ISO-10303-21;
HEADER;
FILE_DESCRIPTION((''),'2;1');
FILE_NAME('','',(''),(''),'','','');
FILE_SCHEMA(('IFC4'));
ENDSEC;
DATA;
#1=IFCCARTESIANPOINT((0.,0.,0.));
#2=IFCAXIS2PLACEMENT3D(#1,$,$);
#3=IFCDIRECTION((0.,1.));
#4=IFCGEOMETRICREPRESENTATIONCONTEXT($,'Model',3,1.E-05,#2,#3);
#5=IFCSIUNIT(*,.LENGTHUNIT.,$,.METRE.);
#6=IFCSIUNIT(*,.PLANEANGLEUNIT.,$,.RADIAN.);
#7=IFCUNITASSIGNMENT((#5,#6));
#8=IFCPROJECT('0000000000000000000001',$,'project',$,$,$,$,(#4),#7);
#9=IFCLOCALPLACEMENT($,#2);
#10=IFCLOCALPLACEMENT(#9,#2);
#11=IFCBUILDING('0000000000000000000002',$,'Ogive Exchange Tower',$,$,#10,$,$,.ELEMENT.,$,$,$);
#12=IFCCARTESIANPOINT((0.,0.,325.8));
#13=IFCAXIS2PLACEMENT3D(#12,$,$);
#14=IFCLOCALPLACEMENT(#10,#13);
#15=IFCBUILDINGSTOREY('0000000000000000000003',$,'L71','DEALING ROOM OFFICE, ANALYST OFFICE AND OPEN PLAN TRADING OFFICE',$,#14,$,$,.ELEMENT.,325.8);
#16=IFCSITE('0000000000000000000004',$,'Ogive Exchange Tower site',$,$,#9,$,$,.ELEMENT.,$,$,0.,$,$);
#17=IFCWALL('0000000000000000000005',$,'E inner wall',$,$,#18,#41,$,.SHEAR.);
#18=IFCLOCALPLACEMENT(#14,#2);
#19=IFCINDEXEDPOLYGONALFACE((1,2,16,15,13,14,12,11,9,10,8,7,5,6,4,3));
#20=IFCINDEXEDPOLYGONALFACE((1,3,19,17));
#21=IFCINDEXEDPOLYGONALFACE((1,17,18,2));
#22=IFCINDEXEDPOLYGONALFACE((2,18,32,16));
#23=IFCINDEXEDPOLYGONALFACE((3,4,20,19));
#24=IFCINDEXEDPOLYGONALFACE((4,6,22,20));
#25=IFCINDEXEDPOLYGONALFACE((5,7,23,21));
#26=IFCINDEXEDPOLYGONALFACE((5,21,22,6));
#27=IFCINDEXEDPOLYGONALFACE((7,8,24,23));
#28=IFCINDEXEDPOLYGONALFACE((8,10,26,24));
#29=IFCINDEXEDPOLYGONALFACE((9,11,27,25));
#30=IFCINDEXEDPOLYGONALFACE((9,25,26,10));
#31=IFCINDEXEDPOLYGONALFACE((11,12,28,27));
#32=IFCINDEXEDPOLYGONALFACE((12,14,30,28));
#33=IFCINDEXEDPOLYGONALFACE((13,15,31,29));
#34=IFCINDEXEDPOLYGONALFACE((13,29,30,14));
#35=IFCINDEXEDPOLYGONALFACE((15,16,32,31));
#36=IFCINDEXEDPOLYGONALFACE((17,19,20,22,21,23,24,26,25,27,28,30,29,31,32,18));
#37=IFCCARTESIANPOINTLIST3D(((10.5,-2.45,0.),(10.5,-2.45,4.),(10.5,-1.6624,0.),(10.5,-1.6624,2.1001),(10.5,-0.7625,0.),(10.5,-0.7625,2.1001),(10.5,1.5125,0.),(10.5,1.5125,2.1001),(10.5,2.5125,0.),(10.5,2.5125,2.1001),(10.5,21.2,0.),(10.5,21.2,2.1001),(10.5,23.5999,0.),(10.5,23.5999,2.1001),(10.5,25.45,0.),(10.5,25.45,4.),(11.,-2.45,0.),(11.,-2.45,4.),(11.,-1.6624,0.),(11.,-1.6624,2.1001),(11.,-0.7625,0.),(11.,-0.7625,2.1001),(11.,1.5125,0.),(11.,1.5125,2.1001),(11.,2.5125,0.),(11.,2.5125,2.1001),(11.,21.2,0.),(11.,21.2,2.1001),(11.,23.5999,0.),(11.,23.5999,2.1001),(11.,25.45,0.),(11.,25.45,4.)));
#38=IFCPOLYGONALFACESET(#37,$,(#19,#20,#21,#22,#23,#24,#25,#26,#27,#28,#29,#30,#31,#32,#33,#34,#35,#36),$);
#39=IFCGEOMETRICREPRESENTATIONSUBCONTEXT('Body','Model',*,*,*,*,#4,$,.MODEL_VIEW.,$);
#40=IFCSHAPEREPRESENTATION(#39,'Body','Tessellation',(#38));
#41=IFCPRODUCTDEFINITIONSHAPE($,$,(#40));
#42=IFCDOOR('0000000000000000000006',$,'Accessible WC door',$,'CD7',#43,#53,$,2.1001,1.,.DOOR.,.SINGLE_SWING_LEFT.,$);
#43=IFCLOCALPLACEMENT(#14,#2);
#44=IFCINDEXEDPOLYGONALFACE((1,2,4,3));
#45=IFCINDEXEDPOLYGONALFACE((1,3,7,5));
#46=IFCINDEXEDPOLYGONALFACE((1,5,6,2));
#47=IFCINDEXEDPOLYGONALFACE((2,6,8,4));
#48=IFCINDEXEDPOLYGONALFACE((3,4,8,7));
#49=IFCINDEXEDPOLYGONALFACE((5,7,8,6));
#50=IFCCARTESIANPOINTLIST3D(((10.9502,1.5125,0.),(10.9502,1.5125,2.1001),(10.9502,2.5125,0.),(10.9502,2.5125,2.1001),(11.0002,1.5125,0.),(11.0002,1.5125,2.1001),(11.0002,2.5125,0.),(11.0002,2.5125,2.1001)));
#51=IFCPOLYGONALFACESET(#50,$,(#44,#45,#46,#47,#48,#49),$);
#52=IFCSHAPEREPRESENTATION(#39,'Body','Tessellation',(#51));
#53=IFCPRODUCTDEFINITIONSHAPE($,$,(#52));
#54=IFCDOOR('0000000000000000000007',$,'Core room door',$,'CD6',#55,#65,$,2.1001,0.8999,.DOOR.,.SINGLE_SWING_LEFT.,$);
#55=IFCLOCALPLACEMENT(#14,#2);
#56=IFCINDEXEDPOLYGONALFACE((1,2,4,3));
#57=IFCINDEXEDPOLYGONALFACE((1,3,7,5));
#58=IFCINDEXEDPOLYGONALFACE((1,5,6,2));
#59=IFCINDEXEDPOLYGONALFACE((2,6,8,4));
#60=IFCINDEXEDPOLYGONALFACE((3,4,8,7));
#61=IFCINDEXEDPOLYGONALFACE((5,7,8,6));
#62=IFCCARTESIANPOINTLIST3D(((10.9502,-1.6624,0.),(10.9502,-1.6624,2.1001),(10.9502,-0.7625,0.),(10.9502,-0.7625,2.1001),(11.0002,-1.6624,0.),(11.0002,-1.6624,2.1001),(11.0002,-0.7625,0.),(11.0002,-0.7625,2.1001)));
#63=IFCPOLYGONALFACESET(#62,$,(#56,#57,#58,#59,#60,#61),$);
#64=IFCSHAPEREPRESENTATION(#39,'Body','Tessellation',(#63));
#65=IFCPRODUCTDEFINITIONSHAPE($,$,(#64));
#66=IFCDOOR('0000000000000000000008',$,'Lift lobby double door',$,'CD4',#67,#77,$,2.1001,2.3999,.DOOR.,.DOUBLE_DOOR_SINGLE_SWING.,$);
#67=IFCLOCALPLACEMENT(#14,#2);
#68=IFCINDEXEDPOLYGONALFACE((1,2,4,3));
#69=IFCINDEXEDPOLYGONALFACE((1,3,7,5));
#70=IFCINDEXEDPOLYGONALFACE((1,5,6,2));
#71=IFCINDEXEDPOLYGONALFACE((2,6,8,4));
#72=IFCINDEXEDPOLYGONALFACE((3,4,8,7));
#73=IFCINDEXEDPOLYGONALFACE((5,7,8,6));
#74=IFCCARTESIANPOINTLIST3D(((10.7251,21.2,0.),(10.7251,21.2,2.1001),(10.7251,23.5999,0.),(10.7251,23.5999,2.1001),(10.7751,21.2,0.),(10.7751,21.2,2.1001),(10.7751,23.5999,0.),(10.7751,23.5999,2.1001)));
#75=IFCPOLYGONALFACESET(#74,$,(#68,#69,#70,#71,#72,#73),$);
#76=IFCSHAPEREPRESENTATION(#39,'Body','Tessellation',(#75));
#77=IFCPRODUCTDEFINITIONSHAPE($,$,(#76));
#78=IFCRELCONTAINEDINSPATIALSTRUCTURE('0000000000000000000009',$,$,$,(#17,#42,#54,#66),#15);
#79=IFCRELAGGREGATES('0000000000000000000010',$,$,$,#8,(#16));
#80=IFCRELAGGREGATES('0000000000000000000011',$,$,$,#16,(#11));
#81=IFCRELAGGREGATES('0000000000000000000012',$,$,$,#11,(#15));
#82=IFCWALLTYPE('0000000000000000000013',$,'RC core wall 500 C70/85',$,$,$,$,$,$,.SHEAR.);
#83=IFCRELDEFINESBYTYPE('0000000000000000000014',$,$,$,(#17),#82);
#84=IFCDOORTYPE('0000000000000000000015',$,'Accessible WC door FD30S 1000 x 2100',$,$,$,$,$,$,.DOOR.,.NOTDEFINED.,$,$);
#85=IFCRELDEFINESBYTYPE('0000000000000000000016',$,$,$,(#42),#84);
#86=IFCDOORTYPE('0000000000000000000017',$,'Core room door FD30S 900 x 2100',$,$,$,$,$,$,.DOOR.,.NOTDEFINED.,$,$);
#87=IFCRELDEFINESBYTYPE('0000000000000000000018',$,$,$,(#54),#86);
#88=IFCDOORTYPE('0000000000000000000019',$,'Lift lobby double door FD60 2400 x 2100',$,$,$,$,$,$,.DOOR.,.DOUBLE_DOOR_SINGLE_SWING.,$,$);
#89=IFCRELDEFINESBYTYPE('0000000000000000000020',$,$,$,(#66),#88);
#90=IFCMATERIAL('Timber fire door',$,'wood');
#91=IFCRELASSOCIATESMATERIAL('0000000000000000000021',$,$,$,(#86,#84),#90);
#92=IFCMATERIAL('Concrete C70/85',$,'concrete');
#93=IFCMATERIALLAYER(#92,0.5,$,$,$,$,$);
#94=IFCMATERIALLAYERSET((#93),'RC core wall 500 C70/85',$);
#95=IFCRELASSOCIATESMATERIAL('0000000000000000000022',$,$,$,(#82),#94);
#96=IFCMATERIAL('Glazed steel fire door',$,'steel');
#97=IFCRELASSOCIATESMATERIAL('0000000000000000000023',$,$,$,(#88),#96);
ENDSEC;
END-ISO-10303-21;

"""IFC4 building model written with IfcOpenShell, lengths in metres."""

from ifc_helpers import new_model, si_unit, direction, frame, frame_2d, origin, place, context, subcontext, project, spatial, rectangle, extrude, material, layer, layer_set, type_object, element, fill, save


model = new_model("IFC4")

# Units and contexts
model_context = context("Model", 3, precision=1e-05, world=origin(), true_north=direction((0.0, 1.0)))
body_context = subcontext(model_context, "Body", "Model", "MODEL_VIEW")
ifc_project = project(units=[si_unit("LENGTHUNIT", "METRE"), si_unit("PLANEANGLEUNIT", "RADIAN")], contexts=[model_context])

# Site, building, storey
site_placement = place(None, origin())
site = spatial("IfcSite", under=ifc_project, at=site_placement, Name="Ogive Exchange Tower site", CompositionType="ELEMENT", RefElevation=0.0)
building_placement = place(site_placement, origin())
building = spatial("IfcBuilding", under=site, at=building_placement, Name="Ogive Exchange Tower", CompositionType="ELEMENT")
storey_placement = place(building_placement, frame((0.0, 0.0, 325.8)))
storey = spatial("IfcBuildingStorey", under=building, at=storey_placement, Name="L71", Description="DEALING ROOM OFFICE, ANALYST OFFICE AND OPEN PLAN TRADING OFFICE", CompositionType="ELEMENT", Elevation=325.8)

# Shared definitions
ifc_material_1 = material(Name="Concrete C70/85", Category="concrete")

# Shared definitions
ifc_material_2 = material(Name="Timber fire door", Category="wood")
door_type_1 = type_object("IfcDoorType", Name="Core room door FD30S 900 x 2100", OperationType="NOTDEFINED", PredefinedType="DOOR", material=ifc_material_2)

# Wall, openings, doors
ifc_layer_1 = layer(ifc_material_1, 0.5)
ifc_layer_set_1 = layer_set([ifc_layer_1], Name="RC core wall 500 C70/85")
wall_type_1 = type_object("IfcWallType", Name="RC core wall 500 C70/85", PredefinedType="SHEAR", material=ifc_layer_set_1)
wall_1_placement = place(storey_placement, frame((10.75, -2.45, 0.0), z_axis=(0.0, 0.0, 1.0), x_axis=(0.0, 1.0, 0.0)))
wall_1 = element("IfcWall", 1, at=wall_1_placement, inside=storey, type_object=wall_type_1, Name="E inner wall", PredefinedType="SHEAR", context=body_context, shape_type="SweptSolid", body=[
    extrude(rectangle(XDim=27.8999, YDim=0.5, at=frame_2d((13.95, 0.0))), origin(), (0.0, 0.0, 1.0), 4.0),
])
opening_1_placement = place(wall_1_placement, frame((23.6499, 0.0, 0.0)))
opening_1 = element("IfcOpeningElement", 2, at=opening_1_placement, cuts=wall_1, PredefinedType="OPENING", context=body_context, shape_type="SweptSolid", body=[
    extrude(rectangle(XDim=2.3999, YDim=2.1001, at=frame_2d((1.2, 1.05))), frame((0.0, 0.26, 0.0), z_axis=(0.0, -1.0, 0.0), x_axis=(1.0, 0.0, 0.0)), (0.0, 0.0, 1.0), 0.52),
])
opening_2_placement = place(wall_1_placement, frame((0.7876, 0.0, 0.0)))
opening_2 = element("IfcOpeningElement", 3, at=opening_2_placement, cuts=wall_1, PredefinedType="OPENING", context=body_context, shape_type="SweptSolid", body=[
    extrude(rectangle(XDim=0.8999, YDim=2.1001, at=frame_2d((0.45, 1.05))), frame((0.0, 0.26, 0.0), z_axis=(0.0, -1.0, 0.0), x_axis=(1.0, 0.0, 0.0)), (0.0, 0.0, 1.0), 0.52),
])
opening_3_placement = place(wall_1_placement, frame((3.9624, 0.0, 0.0)))
opening_3 = element("IfcOpeningElement", 4, at=opening_3_placement, cuts=wall_1, PredefinedType="OPENING", context=body_context, shape_type="SweptSolid", body=[
    extrude(rectangle(XDim=1.0, YDim=2.1001, at=frame_2d((0.5, 1.05))), frame((0.0, 0.26, 0.0), z_axis=(0.0, -1.0, 0.0), x_axis=(1.0, 0.0, 0.0)), (0.0, 0.0, 1.0), 0.52),
])
door_type_2 = type_object("IfcDoorType", Name="Accessible WC door FD30S 1000 x 2100", OperationType="NOTDEFINED", PredefinedType="DOOR", material=ifc_material_2)
door_1_placement = place(opening_3_placement, origin())
door_1 = element("IfcDoor", 5, at=door_1_placement, inside=storey, type_object=door_type_2, Name="Accessible WC door", ObjectType="CD7", OperationType="SINGLE_SWING_LEFT", OverallHeight=2.1001, OverallWidth=1.0, PredefinedType="DOOR", context=body_context, shape_type="SweptSolid", body=[
    extrude(rectangle(XDim=1.0, YDim=2.1001, at=frame_2d((0.5, 1.05))), frame((0.0, -0.2002, 0.0), z_axis=(0.0, -1.0, 0.0), x_axis=(1.0, 0.0, 0.0)), (0.0, 0.0, 1.0), 0.05),
])
fill(opening_3, door_1)
door_2_placement = place(opening_2_placement, origin())
door_2 = element("IfcDoor", 6, at=door_2_placement, inside=storey, type_object=door_type_1, Name="Core room door", ObjectType="CD6", OperationType="SINGLE_SWING_LEFT", OverallHeight=2.1001, OverallWidth=0.8999, PredefinedType="DOOR", context=body_context, shape_type="SweptSolid", body=[
    extrude(rectangle(XDim=0.8999, YDim=2.1001, at=frame_2d((0.45, 1.05))), frame((0.0, -0.2002, 0.0), z_axis=(0.0, -1.0, 0.0), x_axis=(1.0, 0.0, 0.0)), (0.0, 0.0, 1.0), 0.05),
])
fill(opening_2, door_2)
ifc_material_3 = material(Name="Glazed steel fire door", Category="steel")
door_type_3 = type_object("IfcDoorType", Name="Lift lobby double door FD60 2400 x 2100", OperationType="DOUBLE_DOOR_SINGLE_SWING", PredefinedType="DOOR", material=ifc_material_3)
door_3_placement = place(opening_1_placement, origin())
door_3 = element("IfcDoor", 7, at=door_3_placement, inside=storey, type_object=door_type_3, Name="Lift lobby double door", ObjectType="CD4", OperationType="DOUBLE_DOOR_SINGLE_SWING", OverallHeight=2.1001, OverallWidth=2.3999, PredefinedType="DOOR", context=body_context, shape_type="SweptSolid", body=[
    extrude(rectangle(XDim=2.3999, YDim=2.1001, at=frame_2d((1.2, 1.05))), frame((0.0, 0.0249, 0.0), z_axis=(0.0, -1.0, 0.0), x_axis=(1.0, 0.0, 0.0)), (0.0, 0.0, 1.0), 0.05),
])
fill(opening_1, door_3)

save(model, "model.ifc")
